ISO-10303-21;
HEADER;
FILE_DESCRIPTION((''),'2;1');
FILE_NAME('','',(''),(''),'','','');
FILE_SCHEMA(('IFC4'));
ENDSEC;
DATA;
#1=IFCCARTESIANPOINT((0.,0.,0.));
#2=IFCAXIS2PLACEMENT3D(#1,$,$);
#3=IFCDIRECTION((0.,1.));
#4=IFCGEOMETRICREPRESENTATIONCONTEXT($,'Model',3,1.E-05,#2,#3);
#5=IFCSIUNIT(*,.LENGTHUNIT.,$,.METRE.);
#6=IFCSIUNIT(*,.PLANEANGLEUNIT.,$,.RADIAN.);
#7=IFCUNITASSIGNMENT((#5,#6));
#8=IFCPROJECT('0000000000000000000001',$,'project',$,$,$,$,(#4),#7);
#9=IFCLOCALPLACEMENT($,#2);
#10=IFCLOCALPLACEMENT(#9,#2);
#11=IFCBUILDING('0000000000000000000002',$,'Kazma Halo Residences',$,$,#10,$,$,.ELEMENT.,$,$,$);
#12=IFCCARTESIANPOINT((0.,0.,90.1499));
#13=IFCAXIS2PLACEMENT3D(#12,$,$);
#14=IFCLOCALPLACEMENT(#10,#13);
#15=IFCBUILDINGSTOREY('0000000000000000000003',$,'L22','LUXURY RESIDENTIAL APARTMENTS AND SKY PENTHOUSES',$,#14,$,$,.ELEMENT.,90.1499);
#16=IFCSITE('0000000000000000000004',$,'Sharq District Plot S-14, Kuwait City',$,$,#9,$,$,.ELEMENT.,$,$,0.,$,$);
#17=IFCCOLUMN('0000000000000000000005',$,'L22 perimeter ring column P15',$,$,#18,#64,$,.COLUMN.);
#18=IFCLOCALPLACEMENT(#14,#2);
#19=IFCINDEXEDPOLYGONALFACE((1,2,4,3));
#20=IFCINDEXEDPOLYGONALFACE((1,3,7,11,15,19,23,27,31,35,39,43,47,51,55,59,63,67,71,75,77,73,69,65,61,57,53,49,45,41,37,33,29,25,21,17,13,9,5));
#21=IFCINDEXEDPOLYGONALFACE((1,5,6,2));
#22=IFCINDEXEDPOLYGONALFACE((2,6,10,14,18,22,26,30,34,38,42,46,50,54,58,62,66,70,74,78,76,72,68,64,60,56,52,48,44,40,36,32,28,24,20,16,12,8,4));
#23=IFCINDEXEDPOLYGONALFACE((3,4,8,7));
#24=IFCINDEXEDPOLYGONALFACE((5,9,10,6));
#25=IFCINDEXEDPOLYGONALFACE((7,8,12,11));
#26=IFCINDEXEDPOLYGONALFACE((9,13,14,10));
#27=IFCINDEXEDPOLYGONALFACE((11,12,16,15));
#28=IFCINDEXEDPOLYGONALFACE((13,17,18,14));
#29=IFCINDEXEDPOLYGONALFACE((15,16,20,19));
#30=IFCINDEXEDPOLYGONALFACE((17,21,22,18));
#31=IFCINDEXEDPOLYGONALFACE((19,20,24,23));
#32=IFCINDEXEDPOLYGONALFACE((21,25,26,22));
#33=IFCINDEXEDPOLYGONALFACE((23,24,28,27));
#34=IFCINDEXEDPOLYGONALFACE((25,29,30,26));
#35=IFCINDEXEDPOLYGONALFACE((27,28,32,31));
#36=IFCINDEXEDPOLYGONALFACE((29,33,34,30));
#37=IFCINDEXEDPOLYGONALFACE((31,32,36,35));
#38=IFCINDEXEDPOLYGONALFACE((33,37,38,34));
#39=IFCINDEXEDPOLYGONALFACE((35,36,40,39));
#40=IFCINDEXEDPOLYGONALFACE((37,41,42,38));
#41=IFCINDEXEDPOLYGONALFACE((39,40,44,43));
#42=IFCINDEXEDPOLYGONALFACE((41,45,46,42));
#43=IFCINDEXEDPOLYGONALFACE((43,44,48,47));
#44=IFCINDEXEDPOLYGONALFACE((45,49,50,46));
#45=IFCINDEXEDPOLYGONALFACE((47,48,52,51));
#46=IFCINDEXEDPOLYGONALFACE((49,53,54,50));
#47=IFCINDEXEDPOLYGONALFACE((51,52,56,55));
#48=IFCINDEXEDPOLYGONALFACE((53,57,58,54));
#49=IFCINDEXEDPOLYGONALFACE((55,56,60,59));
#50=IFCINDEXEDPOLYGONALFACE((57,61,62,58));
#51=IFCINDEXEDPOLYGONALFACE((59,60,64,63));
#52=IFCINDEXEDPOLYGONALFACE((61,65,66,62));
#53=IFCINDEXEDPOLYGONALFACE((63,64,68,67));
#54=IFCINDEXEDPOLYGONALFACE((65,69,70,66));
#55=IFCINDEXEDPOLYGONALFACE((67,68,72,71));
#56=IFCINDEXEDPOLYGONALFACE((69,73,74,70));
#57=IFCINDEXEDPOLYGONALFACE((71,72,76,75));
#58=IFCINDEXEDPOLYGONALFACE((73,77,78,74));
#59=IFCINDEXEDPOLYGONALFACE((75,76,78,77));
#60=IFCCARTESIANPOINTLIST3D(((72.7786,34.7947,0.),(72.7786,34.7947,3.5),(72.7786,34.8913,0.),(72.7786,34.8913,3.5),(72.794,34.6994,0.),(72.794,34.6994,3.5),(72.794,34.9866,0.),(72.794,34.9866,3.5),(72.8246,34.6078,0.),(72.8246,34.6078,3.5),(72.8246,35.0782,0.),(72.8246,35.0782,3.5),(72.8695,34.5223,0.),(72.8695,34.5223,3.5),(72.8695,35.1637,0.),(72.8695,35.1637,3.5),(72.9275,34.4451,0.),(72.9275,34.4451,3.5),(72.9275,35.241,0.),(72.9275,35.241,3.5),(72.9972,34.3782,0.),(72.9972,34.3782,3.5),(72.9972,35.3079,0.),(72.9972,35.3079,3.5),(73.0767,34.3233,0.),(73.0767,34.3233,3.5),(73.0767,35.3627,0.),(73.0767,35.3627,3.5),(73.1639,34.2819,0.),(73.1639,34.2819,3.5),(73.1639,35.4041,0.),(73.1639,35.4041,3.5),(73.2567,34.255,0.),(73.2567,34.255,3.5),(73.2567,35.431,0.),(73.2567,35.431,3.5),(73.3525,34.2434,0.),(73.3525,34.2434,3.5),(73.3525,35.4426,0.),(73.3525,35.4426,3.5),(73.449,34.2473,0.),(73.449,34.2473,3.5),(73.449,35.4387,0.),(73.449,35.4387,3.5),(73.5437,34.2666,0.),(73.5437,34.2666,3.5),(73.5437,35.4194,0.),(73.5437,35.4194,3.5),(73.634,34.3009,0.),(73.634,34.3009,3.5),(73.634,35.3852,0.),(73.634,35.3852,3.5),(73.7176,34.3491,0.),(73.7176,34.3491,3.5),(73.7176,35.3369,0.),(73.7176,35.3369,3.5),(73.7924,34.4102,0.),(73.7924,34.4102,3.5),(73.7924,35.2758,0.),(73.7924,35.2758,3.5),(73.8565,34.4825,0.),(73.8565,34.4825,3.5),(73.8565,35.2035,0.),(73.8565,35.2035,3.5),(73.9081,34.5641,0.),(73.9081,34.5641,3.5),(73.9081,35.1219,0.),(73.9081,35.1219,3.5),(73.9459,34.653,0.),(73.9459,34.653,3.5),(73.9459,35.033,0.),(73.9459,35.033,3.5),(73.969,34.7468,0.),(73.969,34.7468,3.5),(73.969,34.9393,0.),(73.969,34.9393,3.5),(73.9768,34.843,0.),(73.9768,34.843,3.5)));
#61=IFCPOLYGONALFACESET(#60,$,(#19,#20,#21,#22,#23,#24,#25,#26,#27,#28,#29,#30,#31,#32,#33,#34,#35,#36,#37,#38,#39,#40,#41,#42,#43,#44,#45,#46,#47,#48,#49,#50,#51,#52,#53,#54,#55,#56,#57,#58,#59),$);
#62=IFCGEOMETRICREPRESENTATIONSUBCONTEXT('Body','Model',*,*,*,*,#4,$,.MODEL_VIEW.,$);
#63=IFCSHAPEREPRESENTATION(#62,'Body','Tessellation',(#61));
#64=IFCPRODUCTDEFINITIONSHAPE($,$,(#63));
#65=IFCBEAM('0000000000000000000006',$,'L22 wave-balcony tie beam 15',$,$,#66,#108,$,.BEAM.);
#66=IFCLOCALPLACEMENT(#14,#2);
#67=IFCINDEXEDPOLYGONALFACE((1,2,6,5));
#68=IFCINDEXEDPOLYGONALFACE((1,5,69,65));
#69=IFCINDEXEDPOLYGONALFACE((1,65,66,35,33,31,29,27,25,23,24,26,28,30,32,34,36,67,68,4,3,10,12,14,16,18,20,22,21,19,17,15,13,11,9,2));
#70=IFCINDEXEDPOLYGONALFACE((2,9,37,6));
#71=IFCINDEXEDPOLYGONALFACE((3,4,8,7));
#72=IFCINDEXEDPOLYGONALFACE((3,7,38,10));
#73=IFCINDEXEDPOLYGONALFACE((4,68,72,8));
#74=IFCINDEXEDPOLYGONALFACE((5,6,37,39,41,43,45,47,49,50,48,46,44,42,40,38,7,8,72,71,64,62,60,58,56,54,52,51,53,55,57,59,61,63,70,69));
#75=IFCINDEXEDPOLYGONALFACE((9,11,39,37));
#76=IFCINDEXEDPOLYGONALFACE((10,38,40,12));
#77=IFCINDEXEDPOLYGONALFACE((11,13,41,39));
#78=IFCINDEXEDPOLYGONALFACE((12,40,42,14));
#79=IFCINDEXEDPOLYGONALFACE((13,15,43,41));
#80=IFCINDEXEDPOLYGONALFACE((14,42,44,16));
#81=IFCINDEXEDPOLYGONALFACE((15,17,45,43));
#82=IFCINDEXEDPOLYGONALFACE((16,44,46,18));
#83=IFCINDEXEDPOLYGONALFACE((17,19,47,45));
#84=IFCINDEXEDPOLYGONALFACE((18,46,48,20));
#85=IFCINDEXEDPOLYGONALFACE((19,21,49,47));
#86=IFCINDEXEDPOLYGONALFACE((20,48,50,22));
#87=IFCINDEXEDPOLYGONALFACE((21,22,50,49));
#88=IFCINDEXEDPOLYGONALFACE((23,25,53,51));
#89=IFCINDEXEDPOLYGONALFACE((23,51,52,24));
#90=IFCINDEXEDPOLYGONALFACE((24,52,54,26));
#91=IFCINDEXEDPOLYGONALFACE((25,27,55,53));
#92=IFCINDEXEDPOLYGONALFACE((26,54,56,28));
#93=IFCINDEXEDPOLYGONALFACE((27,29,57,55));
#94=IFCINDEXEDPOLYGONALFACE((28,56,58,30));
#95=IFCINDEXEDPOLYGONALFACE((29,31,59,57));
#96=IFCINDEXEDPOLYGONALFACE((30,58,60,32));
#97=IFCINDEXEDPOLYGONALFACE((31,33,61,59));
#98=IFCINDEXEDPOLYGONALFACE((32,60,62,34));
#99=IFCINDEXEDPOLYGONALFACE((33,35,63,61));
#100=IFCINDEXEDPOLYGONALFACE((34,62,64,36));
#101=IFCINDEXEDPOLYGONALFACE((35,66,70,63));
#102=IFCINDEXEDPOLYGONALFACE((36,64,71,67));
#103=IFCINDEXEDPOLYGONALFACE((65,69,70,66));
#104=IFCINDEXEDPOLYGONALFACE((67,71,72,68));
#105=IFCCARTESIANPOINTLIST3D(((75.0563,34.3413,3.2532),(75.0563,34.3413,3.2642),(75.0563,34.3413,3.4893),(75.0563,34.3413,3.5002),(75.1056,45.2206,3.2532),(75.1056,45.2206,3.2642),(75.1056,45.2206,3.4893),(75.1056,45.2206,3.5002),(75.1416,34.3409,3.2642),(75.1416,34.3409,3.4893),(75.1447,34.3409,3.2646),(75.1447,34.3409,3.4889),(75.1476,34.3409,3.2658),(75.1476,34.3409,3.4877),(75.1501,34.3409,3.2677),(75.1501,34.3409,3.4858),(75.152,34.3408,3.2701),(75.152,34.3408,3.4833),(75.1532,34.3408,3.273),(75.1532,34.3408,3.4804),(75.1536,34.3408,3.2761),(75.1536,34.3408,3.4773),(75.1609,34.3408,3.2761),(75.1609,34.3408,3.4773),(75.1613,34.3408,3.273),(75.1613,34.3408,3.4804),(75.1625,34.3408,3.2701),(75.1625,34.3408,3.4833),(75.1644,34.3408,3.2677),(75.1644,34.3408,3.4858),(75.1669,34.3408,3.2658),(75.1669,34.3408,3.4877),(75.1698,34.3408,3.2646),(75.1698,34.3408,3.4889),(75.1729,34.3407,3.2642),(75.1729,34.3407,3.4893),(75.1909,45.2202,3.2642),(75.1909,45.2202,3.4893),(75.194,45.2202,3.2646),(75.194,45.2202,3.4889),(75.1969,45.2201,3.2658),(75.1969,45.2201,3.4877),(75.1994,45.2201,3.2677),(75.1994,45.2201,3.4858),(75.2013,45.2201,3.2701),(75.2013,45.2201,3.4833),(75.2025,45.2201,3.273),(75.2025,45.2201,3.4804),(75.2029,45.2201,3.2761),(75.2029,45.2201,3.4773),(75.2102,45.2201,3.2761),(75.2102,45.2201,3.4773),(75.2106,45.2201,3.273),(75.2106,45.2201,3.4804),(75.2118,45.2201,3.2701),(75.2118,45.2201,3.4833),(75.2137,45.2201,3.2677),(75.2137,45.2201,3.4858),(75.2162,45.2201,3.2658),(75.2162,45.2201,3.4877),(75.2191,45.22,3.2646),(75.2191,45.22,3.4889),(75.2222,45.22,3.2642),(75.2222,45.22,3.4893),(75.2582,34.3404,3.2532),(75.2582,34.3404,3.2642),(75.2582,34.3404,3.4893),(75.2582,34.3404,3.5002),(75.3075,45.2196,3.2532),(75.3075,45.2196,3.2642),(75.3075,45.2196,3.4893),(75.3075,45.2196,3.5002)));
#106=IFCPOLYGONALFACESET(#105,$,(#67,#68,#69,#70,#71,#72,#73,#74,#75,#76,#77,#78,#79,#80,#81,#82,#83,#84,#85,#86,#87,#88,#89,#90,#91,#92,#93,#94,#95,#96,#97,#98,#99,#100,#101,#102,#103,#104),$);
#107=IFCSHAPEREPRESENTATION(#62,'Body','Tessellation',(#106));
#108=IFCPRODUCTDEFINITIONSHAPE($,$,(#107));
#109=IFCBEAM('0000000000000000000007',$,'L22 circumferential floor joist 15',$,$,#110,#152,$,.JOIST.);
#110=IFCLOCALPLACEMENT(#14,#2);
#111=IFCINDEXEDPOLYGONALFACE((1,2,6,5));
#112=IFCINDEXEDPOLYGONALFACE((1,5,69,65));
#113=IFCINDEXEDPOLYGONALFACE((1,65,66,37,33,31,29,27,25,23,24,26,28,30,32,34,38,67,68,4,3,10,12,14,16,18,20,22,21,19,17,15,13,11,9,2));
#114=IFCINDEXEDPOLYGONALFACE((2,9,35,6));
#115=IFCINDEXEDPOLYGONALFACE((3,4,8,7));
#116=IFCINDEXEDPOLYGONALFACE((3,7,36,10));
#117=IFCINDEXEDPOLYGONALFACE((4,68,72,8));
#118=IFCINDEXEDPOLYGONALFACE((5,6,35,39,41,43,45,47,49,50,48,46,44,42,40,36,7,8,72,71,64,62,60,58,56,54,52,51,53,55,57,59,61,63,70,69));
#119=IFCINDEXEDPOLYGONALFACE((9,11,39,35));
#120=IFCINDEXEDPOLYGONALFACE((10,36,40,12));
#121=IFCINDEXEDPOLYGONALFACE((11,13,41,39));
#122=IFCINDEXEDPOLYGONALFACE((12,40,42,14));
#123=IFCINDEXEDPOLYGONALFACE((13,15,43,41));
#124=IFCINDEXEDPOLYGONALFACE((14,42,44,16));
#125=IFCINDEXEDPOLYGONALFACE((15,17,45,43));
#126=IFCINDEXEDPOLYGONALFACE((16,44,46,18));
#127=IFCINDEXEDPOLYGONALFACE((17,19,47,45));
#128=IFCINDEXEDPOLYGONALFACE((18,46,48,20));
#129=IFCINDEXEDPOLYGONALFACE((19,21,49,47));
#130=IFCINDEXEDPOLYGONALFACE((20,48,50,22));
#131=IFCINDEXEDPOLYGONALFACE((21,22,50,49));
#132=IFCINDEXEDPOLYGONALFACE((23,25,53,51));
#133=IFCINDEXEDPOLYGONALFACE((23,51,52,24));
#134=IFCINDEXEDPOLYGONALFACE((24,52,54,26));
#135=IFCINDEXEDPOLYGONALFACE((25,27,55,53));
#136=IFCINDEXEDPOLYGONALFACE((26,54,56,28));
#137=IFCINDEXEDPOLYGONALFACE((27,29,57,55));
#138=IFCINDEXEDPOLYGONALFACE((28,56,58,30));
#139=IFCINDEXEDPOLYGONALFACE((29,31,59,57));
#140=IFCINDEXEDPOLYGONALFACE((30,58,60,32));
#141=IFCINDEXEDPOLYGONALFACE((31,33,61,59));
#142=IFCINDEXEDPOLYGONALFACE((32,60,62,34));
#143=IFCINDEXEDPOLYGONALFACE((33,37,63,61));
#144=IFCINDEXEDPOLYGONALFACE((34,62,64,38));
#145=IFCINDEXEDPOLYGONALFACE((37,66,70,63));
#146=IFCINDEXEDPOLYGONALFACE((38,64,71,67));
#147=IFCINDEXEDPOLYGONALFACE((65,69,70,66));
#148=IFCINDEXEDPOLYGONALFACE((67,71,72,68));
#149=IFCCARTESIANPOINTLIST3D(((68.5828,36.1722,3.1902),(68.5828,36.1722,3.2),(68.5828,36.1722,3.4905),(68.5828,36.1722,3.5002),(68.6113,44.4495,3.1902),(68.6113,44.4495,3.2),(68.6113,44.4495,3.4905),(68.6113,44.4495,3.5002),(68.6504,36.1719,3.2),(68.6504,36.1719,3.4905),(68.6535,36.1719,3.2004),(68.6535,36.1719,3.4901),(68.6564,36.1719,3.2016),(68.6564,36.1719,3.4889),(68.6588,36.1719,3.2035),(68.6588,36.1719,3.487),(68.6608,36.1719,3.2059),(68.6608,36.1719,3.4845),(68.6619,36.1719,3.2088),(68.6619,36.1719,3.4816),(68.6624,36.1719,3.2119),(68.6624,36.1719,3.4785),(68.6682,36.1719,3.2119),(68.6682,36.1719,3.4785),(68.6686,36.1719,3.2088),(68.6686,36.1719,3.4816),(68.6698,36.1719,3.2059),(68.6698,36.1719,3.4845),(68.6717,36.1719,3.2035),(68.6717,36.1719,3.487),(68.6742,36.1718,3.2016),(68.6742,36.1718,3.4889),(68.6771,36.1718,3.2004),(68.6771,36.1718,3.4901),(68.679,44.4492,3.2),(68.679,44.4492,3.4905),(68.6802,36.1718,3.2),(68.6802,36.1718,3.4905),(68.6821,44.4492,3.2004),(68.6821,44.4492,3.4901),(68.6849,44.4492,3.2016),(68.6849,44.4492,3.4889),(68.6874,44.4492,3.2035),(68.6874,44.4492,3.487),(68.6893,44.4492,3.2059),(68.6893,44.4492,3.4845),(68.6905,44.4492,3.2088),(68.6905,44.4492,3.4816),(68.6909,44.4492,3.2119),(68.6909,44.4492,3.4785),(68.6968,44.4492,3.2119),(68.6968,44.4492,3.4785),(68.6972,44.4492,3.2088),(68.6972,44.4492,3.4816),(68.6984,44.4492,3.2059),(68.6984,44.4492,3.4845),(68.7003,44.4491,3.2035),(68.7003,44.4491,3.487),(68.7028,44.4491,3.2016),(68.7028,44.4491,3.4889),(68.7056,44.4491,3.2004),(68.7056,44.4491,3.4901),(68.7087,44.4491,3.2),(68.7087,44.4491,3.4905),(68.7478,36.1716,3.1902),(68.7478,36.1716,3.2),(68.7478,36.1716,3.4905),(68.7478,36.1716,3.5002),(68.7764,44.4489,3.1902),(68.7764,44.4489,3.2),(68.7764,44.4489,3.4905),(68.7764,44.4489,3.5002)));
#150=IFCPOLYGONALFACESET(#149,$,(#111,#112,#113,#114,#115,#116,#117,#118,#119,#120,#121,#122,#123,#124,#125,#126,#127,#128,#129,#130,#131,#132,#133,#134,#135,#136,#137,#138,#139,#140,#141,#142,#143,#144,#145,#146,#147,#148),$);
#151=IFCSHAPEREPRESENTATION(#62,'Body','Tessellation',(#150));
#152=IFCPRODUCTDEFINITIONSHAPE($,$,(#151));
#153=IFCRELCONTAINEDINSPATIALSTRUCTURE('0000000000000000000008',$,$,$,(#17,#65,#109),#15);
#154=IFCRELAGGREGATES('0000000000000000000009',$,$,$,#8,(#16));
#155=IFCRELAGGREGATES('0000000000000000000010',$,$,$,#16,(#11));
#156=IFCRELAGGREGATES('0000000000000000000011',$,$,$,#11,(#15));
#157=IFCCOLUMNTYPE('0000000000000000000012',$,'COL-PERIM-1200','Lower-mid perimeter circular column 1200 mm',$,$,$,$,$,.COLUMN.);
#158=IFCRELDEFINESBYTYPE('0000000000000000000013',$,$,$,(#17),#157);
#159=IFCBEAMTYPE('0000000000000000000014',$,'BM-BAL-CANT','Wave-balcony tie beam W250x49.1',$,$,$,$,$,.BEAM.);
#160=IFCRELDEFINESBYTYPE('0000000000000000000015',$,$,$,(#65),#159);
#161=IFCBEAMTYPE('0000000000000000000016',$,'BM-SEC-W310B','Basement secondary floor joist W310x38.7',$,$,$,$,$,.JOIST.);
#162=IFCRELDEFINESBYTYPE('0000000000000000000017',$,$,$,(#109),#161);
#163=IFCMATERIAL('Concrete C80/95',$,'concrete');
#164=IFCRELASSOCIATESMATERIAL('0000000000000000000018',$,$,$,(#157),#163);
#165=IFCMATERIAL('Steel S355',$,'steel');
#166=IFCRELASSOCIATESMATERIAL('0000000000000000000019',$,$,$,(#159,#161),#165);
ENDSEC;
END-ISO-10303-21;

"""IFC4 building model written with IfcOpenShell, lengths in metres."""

from ifc_helpers import new_model, si_unit, direction, frame, origin, origin_2d, place, context, subcontext, project, spatial, circle, i_section, extrude, material, material_profile, profile_set, type_object, element, save


model = new_model("IFC4")

# Units and contexts
model_context = context("Model", 3, precision=1e-05, world=origin(), true_north=direction((0.0, 1.0)))
body_context = subcontext(model_context, "Body", "Model", "MODEL_VIEW")
ifc_project = project(units=[si_unit("LENGTHUNIT", "METRE"), si_unit("PLANEANGLEUNIT", "RADIAN")], contexts=[model_context])

# Site, building, storey
site_placement = place(None, origin())
site = spatial("IfcSite", under=ifc_project, at=site_placement, Name="Sharq District Plot S-14, Kuwait City", CompositionType="ELEMENT", RefElevation=0.0)
building_placement = place(site_placement, origin())
building = spatial("IfcBuilding", under=site, at=building_placement, Name="Kazma Halo Residences", CompositionType="ELEMENT")
storey_placement = place(building_placement, frame((0.0, 0.0, 90.1499)))
storey = spatial("IfcBuildingStorey", under=building, at=storey_placement, Name="L22", Description="LUXURY RESIDENTIAL APARTMENTS AND SKY PENTHOUSES", CompositionType="ELEMENT", Elevation=90.1499)

# Column
ifc_material_1 = material(Name="Concrete C80/95", Category="concrete")
ifc_material_profile_1 = material_profile(ifc_material_1, circle(Radius=0.6001, at=origin_2d()), Name="CIRC1200")
ifc_profile_set_1 = profile_set([ifc_material_profile_1], Name="Concrete C80/95")
column_type = type_object("IfcColumnType", Name="COL-PERIM-1200", Description="Lower-mid perimeter circular column 1200 mm", PredefinedType="COLUMN", material=ifc_profile_set_1)
column_placement = place(storey_placement, frame((73.3767, 34.843, 0.0), z_axis=(0.0, 0.0, 1.0), x_axis=(1.0, 0.0, 0.0)))
element("IfcColumn", 1, at=column_placement, inside=storey, type_object=column_type, Name="L22 perimeter ring column P15", PredefinedType="COLUMN", context=body_context, shape_type="SweptSolid", body=[
    extrude(circle(Radius=0.6001, at=origin_2d()), origin(), (0.0, 0.0, 1.0), 3.5),
])

# Beams
ifc_material_2 = material(Name="Steel S355", Category="steel")
ifc_material_profile_2 = material_profile(ifc_material_2, i_section(OverallWidth=0.2019, OverallDepth=0.2471, WebThickness=0.0073, FlangeThickness=0.011, FilletRadius=0.012, at=origin_2d()), Name="W250x49.1")
ifc_profile_set_2 = profile_set([ifc_material_profile_2], Name="Steel S355")
beam_type_1 = type_object("IfcBeamType", Name="BM-BAL-CANT", Description="Wave-balcony tie beam W250x49.1", PredefinedType="BEAM", material=ifc_profile_set_2)
beam_1_placement = place(storey_placement, frame((75.1572, 34.3408, 3.3767), z_axis=(0.004533, 0.99999, 0.0), x_axis=(-0.99999, 0.004533, 0.0)))
element("IfcBeam", 2, at=beam_1_placement, inside=storey, type_object=beam_type_1, Name="L22 wave-balcony tie beam 15", PredefinedType="BEAM", context=body_context, shape_type="SweptSolid", body=[
    extrude(i_section(OverallWidth=0.2019, OverallDepth=0.2471, WebThickness=0.0073, FlangeThickness=0.011, FilletRadius=0.012, at=origin_2d()), origin(), (0.0, 0.0, 1.0), 10.8794),
])
ifc_material_profile_3 = material_profile(ifc_material_2, i_section(OverallWidth=0.165, OverallDepth=0.3101, WebThickness=0.0059, FlangeThickness=0.0098, FilletRadius=0.012, at=origin_2d()), Name="W310x38.7")
ifc_profile_set_3 = profile_set([ifc_material_profile_3], Name="Steel S355")
beam_type_2 = type_object("IfcBeamType", Name="BM-SEC-W310B", Description="Basement secondary floor joist W310x38.7", PredefinedType="JOIST", material=ifc_profile_set_3)
beam_2_placement = place(storey_placement, frame((68.6653, 36.1719, 3.3452), z_axis=(0.003451, 0.999994, 0.0), x_axis=(-0.999994, 0.003451, 0.0)))
element("IfcBeam", 3, at=beam_2_placement, inside=storey, type_object=beam_type_2, Name="L22 circumferential floor joist 15", PredefinedType="JOIST", context=body_context, shape_type="SweptSolid", body=[
    extrude(i_section(OverallWidth=0.165, OverallDepth=0.3101, WebThickness=0.0059, FlangeThickness=0.0098, FilletRadius=0.012, at=origin_2d()), origin(), (0.0, 0.0, 1.0), 8.2773),
])

save(model, "model.ifc")
